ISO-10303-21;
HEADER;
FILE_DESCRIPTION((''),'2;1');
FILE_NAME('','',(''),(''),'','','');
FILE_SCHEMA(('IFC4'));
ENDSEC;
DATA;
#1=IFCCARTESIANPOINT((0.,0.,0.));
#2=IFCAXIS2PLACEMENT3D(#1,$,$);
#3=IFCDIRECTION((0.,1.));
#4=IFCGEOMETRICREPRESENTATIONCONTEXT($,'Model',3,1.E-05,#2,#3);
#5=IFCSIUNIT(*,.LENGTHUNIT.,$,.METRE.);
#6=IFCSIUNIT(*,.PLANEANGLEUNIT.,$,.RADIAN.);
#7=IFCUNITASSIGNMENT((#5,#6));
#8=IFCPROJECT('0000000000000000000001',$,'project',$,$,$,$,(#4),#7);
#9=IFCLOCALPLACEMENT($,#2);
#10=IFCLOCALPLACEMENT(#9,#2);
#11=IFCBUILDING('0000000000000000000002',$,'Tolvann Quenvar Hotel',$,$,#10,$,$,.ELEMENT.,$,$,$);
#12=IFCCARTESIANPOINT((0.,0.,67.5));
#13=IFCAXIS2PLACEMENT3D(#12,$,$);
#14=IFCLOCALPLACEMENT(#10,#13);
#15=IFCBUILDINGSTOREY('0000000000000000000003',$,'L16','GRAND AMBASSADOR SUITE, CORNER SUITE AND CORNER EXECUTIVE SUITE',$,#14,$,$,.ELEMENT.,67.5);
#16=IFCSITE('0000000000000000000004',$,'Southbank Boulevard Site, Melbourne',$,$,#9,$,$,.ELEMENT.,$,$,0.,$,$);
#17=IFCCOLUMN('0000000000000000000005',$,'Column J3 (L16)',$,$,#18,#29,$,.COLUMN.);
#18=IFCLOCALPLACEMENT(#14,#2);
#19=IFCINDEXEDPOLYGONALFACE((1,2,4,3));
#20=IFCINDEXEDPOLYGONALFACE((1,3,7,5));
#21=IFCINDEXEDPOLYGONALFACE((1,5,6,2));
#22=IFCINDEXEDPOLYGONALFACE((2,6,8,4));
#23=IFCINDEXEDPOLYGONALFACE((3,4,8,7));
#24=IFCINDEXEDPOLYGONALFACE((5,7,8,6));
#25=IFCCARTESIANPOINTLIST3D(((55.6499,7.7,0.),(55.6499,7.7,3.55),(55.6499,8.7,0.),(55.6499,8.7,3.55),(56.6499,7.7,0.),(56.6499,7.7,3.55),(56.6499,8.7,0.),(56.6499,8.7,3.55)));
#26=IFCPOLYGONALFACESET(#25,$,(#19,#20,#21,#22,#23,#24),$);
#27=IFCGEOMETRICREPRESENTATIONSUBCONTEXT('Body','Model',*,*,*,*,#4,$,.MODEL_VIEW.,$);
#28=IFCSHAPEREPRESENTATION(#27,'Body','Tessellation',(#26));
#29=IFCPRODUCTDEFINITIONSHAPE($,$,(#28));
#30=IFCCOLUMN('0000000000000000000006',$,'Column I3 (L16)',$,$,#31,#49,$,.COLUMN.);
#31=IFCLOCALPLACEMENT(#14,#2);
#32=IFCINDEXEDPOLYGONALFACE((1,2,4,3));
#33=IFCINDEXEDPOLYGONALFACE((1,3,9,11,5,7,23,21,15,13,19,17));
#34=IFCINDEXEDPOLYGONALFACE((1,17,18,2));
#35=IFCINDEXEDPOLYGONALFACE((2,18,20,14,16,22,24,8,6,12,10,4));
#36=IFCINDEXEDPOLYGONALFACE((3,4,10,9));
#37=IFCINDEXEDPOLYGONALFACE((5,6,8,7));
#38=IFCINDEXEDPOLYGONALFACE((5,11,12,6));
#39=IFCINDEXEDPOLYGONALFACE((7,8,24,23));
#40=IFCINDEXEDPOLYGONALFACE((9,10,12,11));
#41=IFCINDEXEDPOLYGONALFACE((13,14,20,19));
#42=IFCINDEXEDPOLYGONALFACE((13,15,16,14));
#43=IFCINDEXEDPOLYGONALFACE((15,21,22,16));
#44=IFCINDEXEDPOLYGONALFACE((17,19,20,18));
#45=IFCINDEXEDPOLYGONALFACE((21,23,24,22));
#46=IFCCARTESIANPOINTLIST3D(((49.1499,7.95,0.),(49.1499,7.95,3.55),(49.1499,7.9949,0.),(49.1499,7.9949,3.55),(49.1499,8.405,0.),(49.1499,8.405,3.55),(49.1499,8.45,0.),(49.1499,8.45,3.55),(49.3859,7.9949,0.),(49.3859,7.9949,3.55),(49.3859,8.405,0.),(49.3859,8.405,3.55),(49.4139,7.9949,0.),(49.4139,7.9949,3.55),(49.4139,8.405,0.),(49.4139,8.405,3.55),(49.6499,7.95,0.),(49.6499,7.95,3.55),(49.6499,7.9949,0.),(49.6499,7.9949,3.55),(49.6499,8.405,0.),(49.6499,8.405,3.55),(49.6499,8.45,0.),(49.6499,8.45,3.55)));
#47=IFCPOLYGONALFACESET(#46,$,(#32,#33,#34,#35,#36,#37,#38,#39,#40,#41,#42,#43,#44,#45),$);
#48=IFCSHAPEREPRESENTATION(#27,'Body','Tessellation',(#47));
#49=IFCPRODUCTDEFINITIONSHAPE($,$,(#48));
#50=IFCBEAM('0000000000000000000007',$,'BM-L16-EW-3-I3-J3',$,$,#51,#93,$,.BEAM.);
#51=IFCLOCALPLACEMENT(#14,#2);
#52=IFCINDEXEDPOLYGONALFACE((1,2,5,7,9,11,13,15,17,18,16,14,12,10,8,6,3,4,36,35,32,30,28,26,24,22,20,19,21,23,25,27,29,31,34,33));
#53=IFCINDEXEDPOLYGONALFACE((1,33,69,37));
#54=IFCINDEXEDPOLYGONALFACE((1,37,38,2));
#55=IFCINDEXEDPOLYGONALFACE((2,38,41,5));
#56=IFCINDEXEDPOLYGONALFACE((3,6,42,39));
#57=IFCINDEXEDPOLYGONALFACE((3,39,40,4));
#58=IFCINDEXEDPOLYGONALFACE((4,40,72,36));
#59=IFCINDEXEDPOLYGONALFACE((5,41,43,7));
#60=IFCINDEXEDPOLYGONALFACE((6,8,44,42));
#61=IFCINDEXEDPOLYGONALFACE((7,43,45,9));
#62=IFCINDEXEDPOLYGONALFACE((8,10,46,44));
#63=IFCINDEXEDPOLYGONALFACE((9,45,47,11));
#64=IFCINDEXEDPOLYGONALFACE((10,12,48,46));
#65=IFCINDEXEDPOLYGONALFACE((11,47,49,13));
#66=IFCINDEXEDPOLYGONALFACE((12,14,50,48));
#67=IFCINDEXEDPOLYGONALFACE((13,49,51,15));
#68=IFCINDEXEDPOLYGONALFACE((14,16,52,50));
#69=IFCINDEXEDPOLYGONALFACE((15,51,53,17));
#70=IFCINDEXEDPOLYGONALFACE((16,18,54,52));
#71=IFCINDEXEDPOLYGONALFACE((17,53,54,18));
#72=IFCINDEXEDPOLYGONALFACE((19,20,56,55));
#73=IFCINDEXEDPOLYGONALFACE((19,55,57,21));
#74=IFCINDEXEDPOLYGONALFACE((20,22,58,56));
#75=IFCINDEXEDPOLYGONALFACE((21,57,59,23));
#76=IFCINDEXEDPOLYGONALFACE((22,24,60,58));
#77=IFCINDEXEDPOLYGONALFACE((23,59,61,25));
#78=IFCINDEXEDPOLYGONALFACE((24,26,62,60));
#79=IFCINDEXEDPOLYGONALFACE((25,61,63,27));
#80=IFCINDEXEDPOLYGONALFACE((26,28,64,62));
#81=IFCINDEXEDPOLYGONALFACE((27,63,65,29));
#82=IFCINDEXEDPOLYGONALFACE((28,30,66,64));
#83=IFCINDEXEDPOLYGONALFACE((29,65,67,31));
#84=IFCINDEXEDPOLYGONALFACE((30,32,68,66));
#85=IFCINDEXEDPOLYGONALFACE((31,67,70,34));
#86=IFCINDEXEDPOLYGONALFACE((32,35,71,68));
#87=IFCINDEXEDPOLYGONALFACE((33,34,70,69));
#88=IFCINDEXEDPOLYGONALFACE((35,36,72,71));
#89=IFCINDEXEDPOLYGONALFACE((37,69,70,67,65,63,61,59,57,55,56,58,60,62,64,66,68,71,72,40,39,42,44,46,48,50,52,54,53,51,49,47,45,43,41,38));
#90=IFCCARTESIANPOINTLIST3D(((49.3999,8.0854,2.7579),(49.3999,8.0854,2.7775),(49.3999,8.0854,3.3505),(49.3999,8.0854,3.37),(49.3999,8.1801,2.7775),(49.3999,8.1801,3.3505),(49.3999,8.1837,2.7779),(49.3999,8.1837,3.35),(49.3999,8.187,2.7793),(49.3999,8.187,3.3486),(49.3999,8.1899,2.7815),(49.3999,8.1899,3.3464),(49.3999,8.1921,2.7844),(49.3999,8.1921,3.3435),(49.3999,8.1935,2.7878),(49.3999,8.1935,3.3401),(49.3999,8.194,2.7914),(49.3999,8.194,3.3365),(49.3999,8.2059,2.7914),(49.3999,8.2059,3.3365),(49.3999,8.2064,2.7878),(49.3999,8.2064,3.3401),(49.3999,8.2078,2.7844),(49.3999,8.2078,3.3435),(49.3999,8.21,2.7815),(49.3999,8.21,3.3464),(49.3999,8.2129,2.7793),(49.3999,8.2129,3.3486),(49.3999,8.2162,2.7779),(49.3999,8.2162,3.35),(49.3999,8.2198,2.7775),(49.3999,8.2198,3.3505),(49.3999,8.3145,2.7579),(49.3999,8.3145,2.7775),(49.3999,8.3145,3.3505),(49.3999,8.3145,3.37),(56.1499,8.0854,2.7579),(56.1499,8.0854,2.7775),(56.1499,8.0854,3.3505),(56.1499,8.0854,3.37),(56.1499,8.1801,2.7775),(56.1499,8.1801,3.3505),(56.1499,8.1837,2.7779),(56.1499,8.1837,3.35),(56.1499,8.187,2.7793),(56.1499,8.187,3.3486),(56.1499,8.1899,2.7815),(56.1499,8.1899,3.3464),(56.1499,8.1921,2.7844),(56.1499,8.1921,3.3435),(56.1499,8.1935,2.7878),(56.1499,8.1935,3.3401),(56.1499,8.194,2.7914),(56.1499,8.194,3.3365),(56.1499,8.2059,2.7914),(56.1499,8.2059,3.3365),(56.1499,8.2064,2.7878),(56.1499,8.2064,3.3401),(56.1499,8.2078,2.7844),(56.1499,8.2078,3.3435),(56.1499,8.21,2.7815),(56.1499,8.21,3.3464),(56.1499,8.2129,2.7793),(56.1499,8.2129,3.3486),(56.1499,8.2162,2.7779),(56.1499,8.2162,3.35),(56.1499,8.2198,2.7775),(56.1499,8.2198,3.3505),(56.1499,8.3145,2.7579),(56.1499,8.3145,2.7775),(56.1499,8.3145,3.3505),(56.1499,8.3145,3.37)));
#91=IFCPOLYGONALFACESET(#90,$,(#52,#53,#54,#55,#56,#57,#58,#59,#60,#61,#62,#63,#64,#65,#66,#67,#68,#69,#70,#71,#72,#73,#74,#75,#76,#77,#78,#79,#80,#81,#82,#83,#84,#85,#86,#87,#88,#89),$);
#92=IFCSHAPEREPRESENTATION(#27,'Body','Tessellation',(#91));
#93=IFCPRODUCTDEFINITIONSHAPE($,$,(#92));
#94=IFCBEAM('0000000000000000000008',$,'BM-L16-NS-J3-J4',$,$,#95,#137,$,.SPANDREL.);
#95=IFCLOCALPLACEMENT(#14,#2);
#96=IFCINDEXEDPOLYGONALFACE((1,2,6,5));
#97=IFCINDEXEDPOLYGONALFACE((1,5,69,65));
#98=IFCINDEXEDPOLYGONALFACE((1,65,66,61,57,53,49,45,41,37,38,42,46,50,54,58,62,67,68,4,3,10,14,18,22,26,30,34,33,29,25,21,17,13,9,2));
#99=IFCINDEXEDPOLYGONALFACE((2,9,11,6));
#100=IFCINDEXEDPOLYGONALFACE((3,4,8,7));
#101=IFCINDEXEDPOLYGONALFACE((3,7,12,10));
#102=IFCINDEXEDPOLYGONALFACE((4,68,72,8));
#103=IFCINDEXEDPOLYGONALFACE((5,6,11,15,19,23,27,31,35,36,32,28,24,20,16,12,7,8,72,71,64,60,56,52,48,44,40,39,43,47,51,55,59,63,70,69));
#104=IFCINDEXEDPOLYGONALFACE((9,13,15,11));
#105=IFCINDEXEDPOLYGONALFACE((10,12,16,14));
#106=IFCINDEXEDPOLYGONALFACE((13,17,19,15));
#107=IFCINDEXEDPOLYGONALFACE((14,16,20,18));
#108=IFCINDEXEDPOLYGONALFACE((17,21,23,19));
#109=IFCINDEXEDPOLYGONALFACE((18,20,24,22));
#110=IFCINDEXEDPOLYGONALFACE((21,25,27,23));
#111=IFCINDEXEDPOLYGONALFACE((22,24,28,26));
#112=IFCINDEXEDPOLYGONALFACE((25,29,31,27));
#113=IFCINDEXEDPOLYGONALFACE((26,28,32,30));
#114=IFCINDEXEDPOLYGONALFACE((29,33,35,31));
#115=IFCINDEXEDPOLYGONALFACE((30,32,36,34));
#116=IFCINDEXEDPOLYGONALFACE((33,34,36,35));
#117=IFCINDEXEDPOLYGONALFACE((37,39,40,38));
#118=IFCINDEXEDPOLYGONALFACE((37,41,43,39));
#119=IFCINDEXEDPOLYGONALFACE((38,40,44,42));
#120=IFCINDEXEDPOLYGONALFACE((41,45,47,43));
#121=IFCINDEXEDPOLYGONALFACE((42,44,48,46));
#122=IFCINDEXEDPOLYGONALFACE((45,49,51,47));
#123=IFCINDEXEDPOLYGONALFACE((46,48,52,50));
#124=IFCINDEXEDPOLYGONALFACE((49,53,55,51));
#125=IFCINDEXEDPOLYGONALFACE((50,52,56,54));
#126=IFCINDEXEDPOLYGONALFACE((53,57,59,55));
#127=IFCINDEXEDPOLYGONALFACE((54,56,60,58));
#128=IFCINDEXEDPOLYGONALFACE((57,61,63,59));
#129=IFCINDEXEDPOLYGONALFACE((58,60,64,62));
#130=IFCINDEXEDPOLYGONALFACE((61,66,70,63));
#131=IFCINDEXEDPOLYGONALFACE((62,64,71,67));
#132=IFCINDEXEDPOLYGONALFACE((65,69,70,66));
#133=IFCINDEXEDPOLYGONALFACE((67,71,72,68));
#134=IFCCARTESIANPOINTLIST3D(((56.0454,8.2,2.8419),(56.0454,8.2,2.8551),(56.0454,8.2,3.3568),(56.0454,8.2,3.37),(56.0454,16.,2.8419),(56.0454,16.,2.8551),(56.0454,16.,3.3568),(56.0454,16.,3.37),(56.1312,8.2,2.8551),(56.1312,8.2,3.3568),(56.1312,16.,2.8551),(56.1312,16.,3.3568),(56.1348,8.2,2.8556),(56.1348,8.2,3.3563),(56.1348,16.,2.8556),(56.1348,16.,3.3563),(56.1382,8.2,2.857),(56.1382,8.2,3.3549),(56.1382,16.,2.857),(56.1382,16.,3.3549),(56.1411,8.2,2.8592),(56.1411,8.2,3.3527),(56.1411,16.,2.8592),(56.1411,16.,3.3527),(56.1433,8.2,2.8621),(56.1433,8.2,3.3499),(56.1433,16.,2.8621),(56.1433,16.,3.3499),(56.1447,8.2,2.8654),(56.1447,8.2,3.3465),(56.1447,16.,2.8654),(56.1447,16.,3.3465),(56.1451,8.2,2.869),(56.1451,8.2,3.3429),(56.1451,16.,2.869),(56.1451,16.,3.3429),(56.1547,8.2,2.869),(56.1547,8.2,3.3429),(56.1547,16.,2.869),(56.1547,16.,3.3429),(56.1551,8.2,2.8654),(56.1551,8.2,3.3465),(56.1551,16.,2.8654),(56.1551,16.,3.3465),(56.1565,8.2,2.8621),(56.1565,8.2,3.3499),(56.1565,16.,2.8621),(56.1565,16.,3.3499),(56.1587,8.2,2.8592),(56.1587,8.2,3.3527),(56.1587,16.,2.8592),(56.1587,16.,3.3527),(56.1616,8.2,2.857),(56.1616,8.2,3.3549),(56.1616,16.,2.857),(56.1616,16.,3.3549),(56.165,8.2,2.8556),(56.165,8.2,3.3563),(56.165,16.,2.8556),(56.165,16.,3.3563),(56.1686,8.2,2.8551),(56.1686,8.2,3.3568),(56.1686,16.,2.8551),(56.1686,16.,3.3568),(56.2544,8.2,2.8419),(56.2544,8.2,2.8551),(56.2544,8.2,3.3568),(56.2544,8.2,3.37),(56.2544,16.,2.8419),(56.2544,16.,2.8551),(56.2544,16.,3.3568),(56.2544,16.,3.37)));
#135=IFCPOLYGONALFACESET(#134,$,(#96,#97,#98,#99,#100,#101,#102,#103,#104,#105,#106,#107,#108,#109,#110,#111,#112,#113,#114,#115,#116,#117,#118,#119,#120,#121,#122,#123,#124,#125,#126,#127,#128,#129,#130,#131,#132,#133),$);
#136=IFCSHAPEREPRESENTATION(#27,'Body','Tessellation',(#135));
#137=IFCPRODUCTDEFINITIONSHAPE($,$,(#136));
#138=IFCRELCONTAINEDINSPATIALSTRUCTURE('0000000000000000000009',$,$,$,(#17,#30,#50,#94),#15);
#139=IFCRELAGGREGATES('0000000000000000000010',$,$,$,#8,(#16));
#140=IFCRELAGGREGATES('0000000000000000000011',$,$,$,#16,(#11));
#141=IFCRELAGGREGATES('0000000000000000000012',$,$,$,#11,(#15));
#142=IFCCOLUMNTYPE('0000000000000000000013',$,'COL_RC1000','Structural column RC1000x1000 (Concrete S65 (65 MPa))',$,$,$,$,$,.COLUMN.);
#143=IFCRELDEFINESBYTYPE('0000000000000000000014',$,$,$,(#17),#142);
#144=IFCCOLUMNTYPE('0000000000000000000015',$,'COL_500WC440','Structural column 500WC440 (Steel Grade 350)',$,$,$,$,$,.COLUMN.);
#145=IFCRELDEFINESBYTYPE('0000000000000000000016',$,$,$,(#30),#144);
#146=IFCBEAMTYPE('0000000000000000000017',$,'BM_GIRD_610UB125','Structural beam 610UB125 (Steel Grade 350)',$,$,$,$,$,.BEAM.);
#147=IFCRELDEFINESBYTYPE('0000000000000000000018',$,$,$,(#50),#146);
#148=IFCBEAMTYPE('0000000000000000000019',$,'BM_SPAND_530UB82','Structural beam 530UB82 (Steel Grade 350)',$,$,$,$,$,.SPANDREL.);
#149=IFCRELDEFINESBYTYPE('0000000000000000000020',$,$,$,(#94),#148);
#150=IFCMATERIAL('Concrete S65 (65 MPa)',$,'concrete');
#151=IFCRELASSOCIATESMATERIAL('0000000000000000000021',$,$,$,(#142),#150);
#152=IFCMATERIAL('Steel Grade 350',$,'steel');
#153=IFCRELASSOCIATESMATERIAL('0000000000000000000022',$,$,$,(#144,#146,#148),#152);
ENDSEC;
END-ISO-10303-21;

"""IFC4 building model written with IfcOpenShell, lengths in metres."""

from ifc_helpers import new_model, si_unit, direction, frame, origin, origin_2d, place, context, subcontext, project, spatial, rectangle, i_section, extrude, source, transform, mapped, material, material_profile, profile_set, type_object, type_shapes, element, save


model = new_model("IFC4")

# Units and contexts
model_context = context("Model", 3, precision=1e-05, world=origin(), true_north=direction((0.0, 1.0)))
body_context = subcontext(model_context, "Body", "Model", "MODEL_VIEW")
ifc_project = project(units=[si_unit("LENGTHUNIT", "METRE"), si_unit("PLANEANGLEUNIT", "RADIAN")], contexts=[model_context])

# Site, building, storey
site_placement = place(None, origin())
site = spatial("IfcSite", under=ifc_project, at=site_placement, Name="Southbank Boulevard Site, Melbourne", CompositionType="ELEMENT", RefElevation=0.0)
building_placement = place(site_placement, origin())
building = spatial("IfcBuilding", under=site, at=building_placement, Name="Tolvann Quenvar Hotel", CompositionType="ELEMENT")
storey_placement = place(building_placement, frame((0.0, 0.0, 67.5)))
storey = spatial("IfcBuildingStorey", under=building, at=storey_placement, Name="L16", Description="GRAND AMBASSADOR SUITE, CORNER SUITE AND CORNER EXECUTIVE SUITE", CompositionType="ELEMENT", Elevation=67.5)

# Columns
ifc_material_1 = material(Name="Concrete S65 (65 MPa)", Category="concrete")
ifc_material_profile_1 = material_profile(ifc_material_1, rectangle(XDim=1.0, YDim=1.0, at=origin_2d()), Name="RC1000x1000")
ifc_profile_set_1 = profile_set([ifc_material_profile_1], Name="Concrete S65 (65 MPa)")
column_type_1 = type_object("IfcColumnType", Name="COL_RC1000", Description="Structural column RC1000x1000 (Concrete S65 (65 MPa))", PredefinedType="COLUMN", material=ifc_profile_set_1)
shared_shape_1 = source(origin(), body_context, "Body", "SweptSolid", [
    extrude(rectangle(XDim=1.0, YDim=1.0, at=origin_2d()), origin(), (0.0, 0.0, 1.0), 3.55),
])
type_shapes(column_type_1, [shared_shape_1])
column_1_placement = place(storey_placement, frame((56.1499, 8.2, 0.0), z_axis=(0.0, 0.0, 1.0), x_axis=(1.0, 0.0, 0.0)))
element("IfcColumn", 1, at=column_1_placement, inside=storey, type_object=column_type_1, Name="Column J3 (L16)", PredefinedType="COLUMN", context=body_context, shape_type="MappedRepresentation", body=[
    mapped(shared_shape_1, transform((0.0, 0.0, 0.0), x_axis=(1.0, 0.0, 0.0), y_axis=(0.0, 1.0, 0.0), z_axis=(0.0, 0.0, 1.0), scale=1.0)),
])
ifc_material_2 = material(Name="Steel Grade 350", Category="steel")
ifc_material_profile_2 = material_profile(ifc_material_2, i_section(OverallWidth=0.5, OverallDepth=0.5, WebThickness=0.0281, FlangeThickness=0.0449, at=origin_2d()), Name="500WC440")
ifc_profile_set_2 = profile_set([ifc_material_profile_2], Name="Steel Grade 350")
column_type_2 = type_object("IfcColumnType", Name="COL_500WC440", Description="Structural column 500WC440 (Steel Grade 350)", PredefinedType="COLUMN", material=ifc_profile_set_2)
shared_shape_2 = source(origin(), body_context, "Body", "SweptSolid", [
    extrude(i_section(OverallWidth=0.5, OverallDepth=0.5, WebThickness=0.0281, FlangeThickness=0.0449, at=origin_2d()), origin(), (0.0, 0.0, 1.0), 3.55),
])
type_shapes(column_type_2, [shared_shape_2])
column_2_placement = place(storey_placement, frame((49.3999, 8.2, 0.0), z_axis=(0.0, 0.0, 1.0), x_axis=(1.0, 0.0, 0.0)))
element("IfcColumn", 2, at=column_2_placement, inside=storey, type_object=column_type_2, Name="Column I3 (L16)", PredefinedType="COLUMN", context=body_context, shape_type="MappedRepresentation", body=[
    mapped(shared_shape_2, transform((0.0, 0.0, 0.0), x_axis=(1.0, 0.0, 0.0), y_axis=(0.0, 1.0, 0.0), z_axis=(0.0, 0.0, 1.0), scale=1.0)),
])

# Beams
ifc_material_profile_3 = material_profile(ifc_material_2, i_section(OverallWidth=0.229, OverallDepth=0.6121, WebThickness=0.012, FlangeThickness=0.0195, FilletRadius=0.0139, at=origin_2d()), Name="610UB125")
ifc_profile_set_3 = profile_set([ifc_material_profile_3], Name="Steel Grade 350")
beam_type_1 = type_object("IfcBeamType", Name="BM_GIRD_610UB125", Description="Structural beam 610UB125 (Steel Grade 350)", PredefinedType="BEAM", material=ifc_profile_set_3)
shared_shape_3 = source(origin(), body_context, "Body", "SweptSolid", [
    extrude(i_section(OverallWidth=0.229, OverallDepth=0.6121, WebThickness=0.012, FlangeThickness=0.0195, FilletRadius=0.0139, at=origin_2d()), origin(), (0.0, 0.0, 1.0), 6.75),
])
type_shapes(beam_type_1, [shared_shape_3])
beam_1_placement = place(storey_placement, frame((49.3999, 8.2, 3.064), z_axis=(1.0, 0.0, 0.0), x_axis=(0.0, 1.0, 0.0)))
element("IfcBeam", 3, at=beam_1_placement, inside=storey, type_object=beam_type_1, Name="BM-L16-EW-3-I3-J3", PredefinedType="BEAM", context=body_context, shape_type="MappedRepresentation", body=[
    mapped(shared_shape_3, transform((0.0, 0.0, 0.0), x_axis=(1.0, 0.0, 0.0), y_axis=(0.0, 1.0, 0.0), z_axis=(0.0, 0.0, 1.0), scale=1.0)),
])
ifc_material_profile_4 = material_profile(ifc_material_2, i_section(OverallWidth=0.209, OverallDepth=0.5281, WebThickness=0.0095, FlangeThickness=0.0132, FilletRadius=0.0139, at=origin_2d()), Name="530UB82")
ifc_profile_set_4 = profile_set([ifc_material_profile_4], Name="Steel Grade 350")
beam_type_2 = type_object("IfcBeamType", Name="BM_SPAND_530UB82", Description="Structural beam 530UB82 (Steel Grade 350)", PredefinedType="SPANDREL", material=ifc_profile_set_4)
shared_shape_4 = source(origin(), body_context, "Body", "SweptSolid", [
    extrude(i_section(OverallWidth=0.209, OverallDepth=0.5281, WebThickness=0.0095, FlangeThickness=0.0132, FilletRadius=0.0139, at=origin_2d()), origin(), (0.0, 0.0, 1.0), 7.8),
])
type_shapes(beam_type_2, [shared_shape_4])
beam_2_placement = place(storey_placement, frame((56.1499, 8.2, 3.106), z_axis=(0.0, 1.0, 0.0), x_axis=(-1.0, 0.0, 0.0)))
element("IfcBeam", 4, at=beam_2_placement, inside=storey, type_object=beam_type_2, Name="BM-L16-NS-J3-J4", PredefinedType="SPANDREL", context=body_context, shape_type="MappedRepresentation", body=[
    mapped(shared_shape_4, transform((0.0, 0.0, 0.0), x_axis=(1.0, 0.0, 0.0), y_axis=(0.0, 1.0, 0.0), z_axis=(0.0, 0.0, 1.0), scale=1.0)),
])

save(model, "model.ifc")
